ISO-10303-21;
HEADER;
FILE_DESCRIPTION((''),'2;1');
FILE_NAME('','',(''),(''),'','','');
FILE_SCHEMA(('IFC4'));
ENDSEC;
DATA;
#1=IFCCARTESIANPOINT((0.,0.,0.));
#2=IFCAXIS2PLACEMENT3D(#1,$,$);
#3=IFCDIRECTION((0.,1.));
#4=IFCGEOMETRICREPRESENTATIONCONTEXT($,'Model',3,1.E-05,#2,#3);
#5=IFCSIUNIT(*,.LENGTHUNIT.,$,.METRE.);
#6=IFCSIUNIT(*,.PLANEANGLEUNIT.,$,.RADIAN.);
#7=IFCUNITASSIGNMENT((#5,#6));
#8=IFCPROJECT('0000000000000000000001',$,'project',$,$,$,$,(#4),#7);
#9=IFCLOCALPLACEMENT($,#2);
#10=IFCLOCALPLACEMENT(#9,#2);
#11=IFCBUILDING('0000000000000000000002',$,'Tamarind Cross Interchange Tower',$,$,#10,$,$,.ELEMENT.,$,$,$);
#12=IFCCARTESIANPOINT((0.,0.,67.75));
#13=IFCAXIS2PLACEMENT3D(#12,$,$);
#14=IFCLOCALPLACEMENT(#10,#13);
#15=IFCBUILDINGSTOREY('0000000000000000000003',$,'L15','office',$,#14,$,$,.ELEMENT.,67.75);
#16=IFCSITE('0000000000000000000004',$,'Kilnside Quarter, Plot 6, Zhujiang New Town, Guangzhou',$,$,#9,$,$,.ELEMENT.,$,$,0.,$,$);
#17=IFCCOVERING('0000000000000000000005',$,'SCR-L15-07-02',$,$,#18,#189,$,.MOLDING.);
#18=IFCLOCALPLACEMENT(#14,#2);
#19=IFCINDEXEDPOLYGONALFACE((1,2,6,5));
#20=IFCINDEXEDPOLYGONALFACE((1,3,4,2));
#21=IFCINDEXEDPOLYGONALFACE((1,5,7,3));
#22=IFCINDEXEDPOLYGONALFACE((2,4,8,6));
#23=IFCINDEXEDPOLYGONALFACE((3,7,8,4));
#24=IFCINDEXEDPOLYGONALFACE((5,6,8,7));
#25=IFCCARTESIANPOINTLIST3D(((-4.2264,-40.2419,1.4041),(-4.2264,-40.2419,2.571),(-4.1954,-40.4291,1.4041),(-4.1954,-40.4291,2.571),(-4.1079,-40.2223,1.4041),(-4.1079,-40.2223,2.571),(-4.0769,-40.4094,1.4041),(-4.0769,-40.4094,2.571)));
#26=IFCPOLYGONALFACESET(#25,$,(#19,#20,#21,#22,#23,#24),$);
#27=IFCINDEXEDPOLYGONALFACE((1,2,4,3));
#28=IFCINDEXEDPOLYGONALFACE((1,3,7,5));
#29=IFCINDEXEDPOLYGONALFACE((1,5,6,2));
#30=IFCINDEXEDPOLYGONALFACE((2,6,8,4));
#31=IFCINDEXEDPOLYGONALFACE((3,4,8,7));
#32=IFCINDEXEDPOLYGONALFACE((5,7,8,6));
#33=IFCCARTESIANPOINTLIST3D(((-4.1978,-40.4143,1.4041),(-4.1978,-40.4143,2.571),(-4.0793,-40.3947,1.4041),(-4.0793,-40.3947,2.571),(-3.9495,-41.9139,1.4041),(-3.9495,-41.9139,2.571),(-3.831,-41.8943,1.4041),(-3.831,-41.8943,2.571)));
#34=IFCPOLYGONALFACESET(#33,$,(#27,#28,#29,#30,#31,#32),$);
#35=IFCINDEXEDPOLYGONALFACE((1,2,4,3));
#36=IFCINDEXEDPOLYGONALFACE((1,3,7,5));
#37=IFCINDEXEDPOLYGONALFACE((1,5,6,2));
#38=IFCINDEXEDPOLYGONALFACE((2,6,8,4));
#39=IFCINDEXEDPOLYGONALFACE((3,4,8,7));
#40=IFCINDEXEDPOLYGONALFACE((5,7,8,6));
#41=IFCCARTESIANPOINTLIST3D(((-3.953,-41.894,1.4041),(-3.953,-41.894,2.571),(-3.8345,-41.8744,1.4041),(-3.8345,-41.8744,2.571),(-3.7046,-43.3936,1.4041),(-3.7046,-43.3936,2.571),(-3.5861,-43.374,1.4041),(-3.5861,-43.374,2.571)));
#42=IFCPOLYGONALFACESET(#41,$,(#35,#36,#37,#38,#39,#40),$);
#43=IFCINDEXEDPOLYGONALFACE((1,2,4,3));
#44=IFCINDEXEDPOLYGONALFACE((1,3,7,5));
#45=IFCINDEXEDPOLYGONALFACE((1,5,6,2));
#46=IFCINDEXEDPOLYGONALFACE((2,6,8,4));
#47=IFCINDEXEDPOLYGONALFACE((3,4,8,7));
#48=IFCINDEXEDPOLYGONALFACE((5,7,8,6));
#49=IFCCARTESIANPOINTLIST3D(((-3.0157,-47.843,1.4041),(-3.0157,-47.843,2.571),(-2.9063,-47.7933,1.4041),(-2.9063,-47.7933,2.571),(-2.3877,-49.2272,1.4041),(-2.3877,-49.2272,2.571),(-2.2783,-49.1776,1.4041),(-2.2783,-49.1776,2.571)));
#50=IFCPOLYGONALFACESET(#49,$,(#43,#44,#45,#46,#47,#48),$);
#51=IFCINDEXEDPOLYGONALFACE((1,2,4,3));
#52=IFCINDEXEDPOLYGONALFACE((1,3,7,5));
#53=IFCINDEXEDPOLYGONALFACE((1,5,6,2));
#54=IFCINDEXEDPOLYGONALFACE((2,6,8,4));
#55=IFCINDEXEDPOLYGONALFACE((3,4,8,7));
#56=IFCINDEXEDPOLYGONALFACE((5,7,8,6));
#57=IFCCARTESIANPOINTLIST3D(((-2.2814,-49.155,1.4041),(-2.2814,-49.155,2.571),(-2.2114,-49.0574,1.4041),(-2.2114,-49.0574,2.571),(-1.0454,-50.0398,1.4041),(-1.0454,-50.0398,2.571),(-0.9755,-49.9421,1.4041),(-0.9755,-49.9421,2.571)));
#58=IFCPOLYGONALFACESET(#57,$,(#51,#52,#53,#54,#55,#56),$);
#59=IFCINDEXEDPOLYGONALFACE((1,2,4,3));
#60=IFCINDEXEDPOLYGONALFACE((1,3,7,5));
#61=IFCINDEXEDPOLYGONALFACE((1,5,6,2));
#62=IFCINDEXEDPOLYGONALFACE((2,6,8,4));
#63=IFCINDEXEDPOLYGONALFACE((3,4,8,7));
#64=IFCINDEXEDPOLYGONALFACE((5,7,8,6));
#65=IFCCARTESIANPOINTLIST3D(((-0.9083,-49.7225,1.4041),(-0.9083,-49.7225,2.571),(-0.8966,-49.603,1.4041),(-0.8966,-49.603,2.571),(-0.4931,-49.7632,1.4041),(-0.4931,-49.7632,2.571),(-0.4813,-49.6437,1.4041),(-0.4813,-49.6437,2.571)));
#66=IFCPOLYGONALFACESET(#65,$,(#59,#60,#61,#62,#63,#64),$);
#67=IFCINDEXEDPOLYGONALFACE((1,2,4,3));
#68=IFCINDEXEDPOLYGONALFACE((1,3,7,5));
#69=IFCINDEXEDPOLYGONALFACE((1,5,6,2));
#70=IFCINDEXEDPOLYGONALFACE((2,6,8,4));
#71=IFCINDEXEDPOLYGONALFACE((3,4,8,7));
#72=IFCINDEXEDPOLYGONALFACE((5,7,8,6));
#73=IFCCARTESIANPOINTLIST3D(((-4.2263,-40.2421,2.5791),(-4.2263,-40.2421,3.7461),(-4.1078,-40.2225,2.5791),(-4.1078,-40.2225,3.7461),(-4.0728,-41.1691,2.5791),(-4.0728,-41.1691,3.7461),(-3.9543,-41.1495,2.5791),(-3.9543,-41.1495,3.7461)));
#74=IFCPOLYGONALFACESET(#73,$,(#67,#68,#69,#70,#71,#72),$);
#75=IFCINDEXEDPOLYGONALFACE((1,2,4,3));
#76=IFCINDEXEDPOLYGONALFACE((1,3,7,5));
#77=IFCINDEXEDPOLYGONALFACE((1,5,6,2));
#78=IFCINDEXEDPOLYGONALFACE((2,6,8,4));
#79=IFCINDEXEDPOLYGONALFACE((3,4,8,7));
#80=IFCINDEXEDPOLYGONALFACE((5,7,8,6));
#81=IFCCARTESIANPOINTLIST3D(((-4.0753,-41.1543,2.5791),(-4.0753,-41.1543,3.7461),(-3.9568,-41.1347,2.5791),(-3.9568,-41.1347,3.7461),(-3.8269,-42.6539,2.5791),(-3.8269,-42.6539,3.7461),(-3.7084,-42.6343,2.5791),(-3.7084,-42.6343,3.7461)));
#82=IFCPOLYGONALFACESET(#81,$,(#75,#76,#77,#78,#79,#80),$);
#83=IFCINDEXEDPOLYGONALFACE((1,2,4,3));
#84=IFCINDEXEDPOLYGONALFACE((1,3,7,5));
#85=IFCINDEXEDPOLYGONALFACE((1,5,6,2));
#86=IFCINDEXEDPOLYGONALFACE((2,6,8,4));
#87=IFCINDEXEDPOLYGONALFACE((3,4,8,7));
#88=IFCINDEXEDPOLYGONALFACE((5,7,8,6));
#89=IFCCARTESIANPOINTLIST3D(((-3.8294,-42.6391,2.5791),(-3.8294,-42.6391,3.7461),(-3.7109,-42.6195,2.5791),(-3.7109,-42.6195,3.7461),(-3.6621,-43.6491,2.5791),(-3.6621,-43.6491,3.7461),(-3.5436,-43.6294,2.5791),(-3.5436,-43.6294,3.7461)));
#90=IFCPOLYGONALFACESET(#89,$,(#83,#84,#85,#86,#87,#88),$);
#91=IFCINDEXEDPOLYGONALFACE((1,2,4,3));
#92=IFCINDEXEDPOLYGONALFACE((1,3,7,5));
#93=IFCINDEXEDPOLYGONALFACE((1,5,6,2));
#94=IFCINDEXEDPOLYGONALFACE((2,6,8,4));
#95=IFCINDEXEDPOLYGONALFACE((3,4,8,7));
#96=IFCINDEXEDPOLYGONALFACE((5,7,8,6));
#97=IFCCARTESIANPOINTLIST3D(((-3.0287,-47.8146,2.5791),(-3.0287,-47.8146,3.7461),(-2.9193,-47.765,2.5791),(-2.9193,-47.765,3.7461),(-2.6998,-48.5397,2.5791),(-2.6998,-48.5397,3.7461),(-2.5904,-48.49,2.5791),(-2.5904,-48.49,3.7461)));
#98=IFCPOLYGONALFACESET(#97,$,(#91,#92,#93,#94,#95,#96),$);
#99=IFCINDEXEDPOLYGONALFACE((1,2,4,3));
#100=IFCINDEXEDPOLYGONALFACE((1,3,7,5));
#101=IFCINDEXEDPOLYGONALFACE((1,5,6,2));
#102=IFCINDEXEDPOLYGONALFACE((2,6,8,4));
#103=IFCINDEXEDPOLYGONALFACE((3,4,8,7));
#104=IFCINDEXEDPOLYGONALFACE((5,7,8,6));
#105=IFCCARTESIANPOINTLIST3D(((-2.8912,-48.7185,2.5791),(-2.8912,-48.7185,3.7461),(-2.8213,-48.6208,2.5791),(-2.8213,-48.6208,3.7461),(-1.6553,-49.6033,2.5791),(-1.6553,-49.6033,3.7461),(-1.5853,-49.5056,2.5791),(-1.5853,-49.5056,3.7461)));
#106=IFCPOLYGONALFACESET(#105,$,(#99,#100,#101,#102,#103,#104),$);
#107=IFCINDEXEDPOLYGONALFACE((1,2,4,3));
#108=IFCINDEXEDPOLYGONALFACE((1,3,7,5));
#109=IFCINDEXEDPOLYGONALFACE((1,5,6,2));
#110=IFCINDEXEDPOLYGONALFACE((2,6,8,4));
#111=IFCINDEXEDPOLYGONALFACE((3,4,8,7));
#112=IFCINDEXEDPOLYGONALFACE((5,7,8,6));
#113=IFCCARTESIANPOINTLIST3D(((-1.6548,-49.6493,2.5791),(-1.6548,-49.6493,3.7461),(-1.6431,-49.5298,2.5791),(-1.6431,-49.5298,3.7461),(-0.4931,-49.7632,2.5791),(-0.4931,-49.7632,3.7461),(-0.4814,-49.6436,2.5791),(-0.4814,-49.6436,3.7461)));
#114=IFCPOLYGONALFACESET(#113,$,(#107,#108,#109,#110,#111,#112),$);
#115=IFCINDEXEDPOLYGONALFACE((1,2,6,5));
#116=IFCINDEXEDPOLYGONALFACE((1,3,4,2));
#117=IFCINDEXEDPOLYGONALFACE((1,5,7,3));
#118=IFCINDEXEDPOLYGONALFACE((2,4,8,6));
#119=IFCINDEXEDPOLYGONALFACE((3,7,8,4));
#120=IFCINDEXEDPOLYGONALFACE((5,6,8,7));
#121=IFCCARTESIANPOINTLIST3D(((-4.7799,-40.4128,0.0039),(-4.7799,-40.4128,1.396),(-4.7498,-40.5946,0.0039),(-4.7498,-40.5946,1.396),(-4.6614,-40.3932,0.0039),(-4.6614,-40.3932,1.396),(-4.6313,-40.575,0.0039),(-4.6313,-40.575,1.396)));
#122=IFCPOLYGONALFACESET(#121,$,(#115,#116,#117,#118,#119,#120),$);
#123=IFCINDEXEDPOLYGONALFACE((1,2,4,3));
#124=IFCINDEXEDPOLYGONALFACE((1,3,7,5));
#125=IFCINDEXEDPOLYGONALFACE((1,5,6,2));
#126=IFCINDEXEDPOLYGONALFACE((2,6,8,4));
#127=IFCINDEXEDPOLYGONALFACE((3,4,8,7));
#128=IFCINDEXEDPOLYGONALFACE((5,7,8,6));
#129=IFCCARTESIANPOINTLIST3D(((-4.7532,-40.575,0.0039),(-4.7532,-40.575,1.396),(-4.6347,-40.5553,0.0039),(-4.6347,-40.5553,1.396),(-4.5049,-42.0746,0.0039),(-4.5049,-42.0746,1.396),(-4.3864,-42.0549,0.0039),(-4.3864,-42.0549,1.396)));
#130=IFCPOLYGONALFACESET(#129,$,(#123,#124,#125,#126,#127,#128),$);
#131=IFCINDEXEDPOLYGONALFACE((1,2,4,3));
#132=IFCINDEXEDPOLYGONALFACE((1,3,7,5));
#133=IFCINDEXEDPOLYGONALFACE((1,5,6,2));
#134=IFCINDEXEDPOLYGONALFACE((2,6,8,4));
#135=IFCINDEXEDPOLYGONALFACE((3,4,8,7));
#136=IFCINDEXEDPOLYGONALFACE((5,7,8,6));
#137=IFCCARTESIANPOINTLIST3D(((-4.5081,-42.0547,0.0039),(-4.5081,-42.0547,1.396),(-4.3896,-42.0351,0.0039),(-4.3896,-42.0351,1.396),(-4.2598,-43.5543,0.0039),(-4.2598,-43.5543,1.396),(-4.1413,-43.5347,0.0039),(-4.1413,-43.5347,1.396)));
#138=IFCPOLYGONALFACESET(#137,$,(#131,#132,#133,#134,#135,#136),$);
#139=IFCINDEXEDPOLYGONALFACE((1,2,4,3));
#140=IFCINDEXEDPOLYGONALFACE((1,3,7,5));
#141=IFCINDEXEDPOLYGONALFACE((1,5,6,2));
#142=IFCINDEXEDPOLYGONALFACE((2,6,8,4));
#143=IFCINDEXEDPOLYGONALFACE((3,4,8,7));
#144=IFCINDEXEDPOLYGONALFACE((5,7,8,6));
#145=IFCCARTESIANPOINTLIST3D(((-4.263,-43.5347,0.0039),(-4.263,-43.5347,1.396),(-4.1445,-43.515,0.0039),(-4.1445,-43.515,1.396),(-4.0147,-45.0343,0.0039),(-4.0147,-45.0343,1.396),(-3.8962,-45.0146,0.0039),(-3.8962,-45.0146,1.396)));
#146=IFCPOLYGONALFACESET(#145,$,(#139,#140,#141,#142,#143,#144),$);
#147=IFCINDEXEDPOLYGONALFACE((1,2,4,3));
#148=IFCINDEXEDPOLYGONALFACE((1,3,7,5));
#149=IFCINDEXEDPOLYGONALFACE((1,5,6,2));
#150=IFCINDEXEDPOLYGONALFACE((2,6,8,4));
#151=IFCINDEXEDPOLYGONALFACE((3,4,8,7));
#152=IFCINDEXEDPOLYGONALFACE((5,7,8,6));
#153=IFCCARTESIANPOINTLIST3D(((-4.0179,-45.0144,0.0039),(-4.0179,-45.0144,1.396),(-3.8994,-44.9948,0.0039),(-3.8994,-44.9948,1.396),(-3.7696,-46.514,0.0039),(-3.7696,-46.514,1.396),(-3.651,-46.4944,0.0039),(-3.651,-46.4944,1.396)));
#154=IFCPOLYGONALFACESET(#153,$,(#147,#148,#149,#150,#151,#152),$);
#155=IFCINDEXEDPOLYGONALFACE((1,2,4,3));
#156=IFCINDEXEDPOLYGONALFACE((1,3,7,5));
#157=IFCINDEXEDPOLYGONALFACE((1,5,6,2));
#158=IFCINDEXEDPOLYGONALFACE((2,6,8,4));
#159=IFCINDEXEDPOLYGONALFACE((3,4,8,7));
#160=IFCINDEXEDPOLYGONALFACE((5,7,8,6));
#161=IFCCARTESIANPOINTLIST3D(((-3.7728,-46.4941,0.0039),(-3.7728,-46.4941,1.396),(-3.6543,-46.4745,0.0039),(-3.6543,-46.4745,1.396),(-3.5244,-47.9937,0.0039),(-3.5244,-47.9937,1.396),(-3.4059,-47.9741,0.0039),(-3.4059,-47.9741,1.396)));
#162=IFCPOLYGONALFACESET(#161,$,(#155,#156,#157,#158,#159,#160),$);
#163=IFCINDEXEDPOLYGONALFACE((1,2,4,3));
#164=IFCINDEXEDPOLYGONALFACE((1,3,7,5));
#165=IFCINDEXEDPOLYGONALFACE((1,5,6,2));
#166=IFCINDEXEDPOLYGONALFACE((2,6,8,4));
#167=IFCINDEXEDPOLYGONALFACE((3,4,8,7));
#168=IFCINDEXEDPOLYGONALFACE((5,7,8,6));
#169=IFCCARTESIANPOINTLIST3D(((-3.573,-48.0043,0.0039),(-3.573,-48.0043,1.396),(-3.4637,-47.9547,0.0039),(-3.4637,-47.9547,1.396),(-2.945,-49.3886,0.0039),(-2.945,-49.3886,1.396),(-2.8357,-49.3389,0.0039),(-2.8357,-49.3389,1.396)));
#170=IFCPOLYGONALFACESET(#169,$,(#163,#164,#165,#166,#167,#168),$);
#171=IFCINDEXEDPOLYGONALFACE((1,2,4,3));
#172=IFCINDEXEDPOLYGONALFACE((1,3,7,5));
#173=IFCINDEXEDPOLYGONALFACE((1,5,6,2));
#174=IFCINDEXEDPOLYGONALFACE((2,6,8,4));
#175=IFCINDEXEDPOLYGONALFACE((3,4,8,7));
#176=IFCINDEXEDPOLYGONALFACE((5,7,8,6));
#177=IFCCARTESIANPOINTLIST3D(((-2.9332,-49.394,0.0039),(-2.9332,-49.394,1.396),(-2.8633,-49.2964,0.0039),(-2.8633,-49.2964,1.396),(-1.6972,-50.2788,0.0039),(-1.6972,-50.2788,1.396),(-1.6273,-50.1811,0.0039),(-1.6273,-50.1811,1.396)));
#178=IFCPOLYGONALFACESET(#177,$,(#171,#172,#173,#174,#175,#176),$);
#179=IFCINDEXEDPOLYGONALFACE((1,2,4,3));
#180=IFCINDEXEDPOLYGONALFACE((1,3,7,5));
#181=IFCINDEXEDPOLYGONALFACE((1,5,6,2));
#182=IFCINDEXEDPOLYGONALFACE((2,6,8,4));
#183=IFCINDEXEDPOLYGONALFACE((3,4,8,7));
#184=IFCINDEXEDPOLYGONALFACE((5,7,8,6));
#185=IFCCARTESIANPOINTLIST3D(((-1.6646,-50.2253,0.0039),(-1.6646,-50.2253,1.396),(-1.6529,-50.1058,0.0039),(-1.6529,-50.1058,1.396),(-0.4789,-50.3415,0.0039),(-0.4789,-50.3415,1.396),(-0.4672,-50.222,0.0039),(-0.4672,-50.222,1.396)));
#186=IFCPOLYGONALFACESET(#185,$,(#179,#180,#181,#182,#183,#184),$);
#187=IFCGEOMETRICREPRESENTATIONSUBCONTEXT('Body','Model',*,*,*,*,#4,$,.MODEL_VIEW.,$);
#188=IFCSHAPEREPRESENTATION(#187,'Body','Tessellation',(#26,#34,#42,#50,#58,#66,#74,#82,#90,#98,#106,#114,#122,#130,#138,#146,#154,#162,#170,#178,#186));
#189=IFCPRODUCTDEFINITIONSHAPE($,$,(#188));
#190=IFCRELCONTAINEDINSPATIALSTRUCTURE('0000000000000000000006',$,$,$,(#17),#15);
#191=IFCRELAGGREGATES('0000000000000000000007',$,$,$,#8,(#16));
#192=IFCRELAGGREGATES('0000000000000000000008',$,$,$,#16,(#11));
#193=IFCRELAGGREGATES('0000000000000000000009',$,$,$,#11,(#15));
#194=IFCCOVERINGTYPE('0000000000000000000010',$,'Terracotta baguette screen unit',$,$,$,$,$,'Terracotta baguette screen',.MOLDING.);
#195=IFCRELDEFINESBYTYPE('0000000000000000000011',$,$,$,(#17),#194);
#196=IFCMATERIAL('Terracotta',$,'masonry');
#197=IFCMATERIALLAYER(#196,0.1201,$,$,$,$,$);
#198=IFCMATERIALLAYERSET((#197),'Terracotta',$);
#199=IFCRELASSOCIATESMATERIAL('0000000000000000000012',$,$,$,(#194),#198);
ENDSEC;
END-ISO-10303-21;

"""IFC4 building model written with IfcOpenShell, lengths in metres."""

from ifc_helpers import new_model, si_unit, direction, frame, origin, origin_2d, place, context, subcontext, project, spatial, rectangle, extrude, material, layer, layer_set, type_object, element, save


model = new_model("IFC4")

# Units and contexts
model_context = context("Model", 3, precision=1e-05, world=origin(), true_north=direction((0.0, 1.0)))
body_context = subcontext(model_context, "Body", "Model", "MODEL_VIEW")
ifc_project = project(units=[si_unit("LENGTHUNIT", "METRE"), si_unit("PLANEANGLEUNIT", "RADIAN")], contexts=[model_context])

# Site, building, storey
site_placement = place(None, origin())
site = spatial("IfcSite", under=ifc_project, at=site_placement, Name="Kilnside Quarter, Plot 6, Zhujiang New Town, Guangzhou", CompositionType="ELEMENT", RefElevation=0.0)
building_placement = place(site_placement, origin())
building = spatial("IfcBuilding", under=site, at=building_placement, Name="Tamarind Cross Interchange Tower", CompositionType="ELEMENT")
storey_placement = place(building_placement, frame((0.0, 0.0, 67.75)))
storey = spatial("IfcBuildingStorey", under=building, at=storey_placement, Name="L15", Description="office", CompositionType="ELEMENT", Elevation=67.75)

# Covering
ifc_material_1 = material(Name="Terracotta", Category="masonry")
ifc_layer_1 = layer(ifc_material_1, 0.1201)
ifc_layer_set_1 = layer_set([ifc_layer_1], Name="Terracotta")
covering_type = type_object("IfcCoveringType", Name="Terracotta baguette screen unit", ElementType="Terracotta baguette screen", PredefinedType="MOLDING", material=ifc_layer_set_1)
covering_1_placement = place(storey_placement, origin())
element("IfcCovering", 1, at=covering_1_placement, inside=storey, type_object=covering_type, Name="SCR-L15-07-02", PredefinedType="MOLDING", context=body_context, shape_type="SweptSolid", body=[
    extrude(rectangle(XDim=0.1897, YDim=0.1201, at=origin_2d()), frame((-4.1516, -40.3257, 1.4041), z_axis=(0.0, 0.0, 1.0), x_axis=(0.163381, -0.986563, 0.0)), (0.0, 0.0, 1.0), 1.167),
    extrude(rectangle(XDim=1.52, YDim=0.1201, at=origin_2d()), frame((-4.0144, -41.1543, 1.4041), z_axis=(0.0, 0.0, 1.0), x_axis=(0.163381, -0.986563, 0.0)), (0.0, 0.0, 1.0), 1.167),
    extrude(rectangle(XDim=1.52, YDim=0.1201, at=origin_2d()), frame((-3.7695, -42.634, 1.4041), z_axis=(0.0, 0.0, 1.0), x_axis=(0.163381, -0.986563, 0.0)), (0.0, 0.0, 1.0), 1.167),
    extrude(rectangle(XDim=1.52, YDim=0.1201, at=origin_2d()), frame((-2.647, -48.5103, 1.4041), z_axis=(0.0, 0.0, 1.0), x_axis=(0.413155, -0.910661, 0.0)), (0.0, 0.0, 1.0), 1.167),
    extrude(rectangle(XDim=1.52, YDim=0.1201, at=origin_2d()), frame((-1.6284, -49.5486, 1.4041), z_axis=(0.0, 0.0, 1.0), x_axis=(0.813133, -0.582078, 0.0)), (0.0, 0.0, 1.0), 1.167),
    extrude(rectangle(XDim=0.4172, YDim=0.1201, at=origin_2d()), frame((-0.6948, -49.6831, 1.4041), z_axis=(0.0, 0.0, 1.0), x_axis=(0.995233, -0.097527, 0.0)), (0.0, 0.0, 1.0), 1.167),
    extrude(rectangle(XDim=0.9397, YDim=0.1201, at=origin_2d()), frame((-4.0903, -40.6958, 2.5791), z_axis=(0.0, 0.0, 1.0), x_axis=(0.163381, -0.986563, 0.0)), (0.0, 0.0, 1.0), 1.167),
    extrude(rectangle(XDim=1.52, YDim=0.1201, at=origin_2d()), frame((-3.8918, -41.8943, 2.5791), z_axis=(0.0, 0.0, 1.0), x_axis=(0.163381, -0.986563, 0.0)), (0.0, 0.0, 1.0), 1.167),
    extrude(rectangle(XDim=1.0237, YDim=0.1201, at=origin_2d()), frame((-3.6865, -43.1343, 2.5791), z_axis=(0.0, 0.0, 1.0), x_axis=(0.163381, -0.986563, 0.0)), (0.0, 0.0, 1.0), 1.167),
    extrude(rectangle(XDim=0.7961, YDim=0.1201, at=origin_2d()), frame((-2.8096, -48.1523, 2.5791), z_axis=(0.0, 0.0, 1.0), x_axis=(0.413155, -0.910661, 0.0)), (0.0, 0.0, 1.0), 1.167),
    extrude(rectangle(XDim=1.52, YDim=0.1201, at=origin_2d()), frame((-2.2383, -49.1121, 2.5791), z_axis=(0.0, 0.0, 1.0), x_axis=(0.813133, -0.582078, 0.0)), (0.0, 0.0, 1.0), 1.167),
    extrude(rectangle(XDim=1.1672, YDim=0.1201, at=origin_2d()), frame((-1.0681, -49.6465, 2.5791), z_axis=(0.0, 0.0, 1.0), x_axis=(0.995233, -0.097527, 0.0)), (0.0, 0.0, 1.0), 1.167),
    extrude(rectangle(XDim=0.1843, YDim=0.1201, at=origin_2d()), frame((-4.7056, -40.4939, 0.0039), z_axis=(0.0, 0.0, 1.0), x_axis=(0.163381, -0.986563, 0.0)), (0.0, 0.0, 1.0), 1.3921),
    extrude(rectangle(XDim=1.52, YDim=0.1201, at=origin_2d()), frame((-4.5698, -41.3149, 0.0039), z_axis=(0.0, 0.0, 1.0), x_axis=(0.163381, -0.986563, 0.0)), (0.0, 0.0, 1.0), 1.3921),
    extrude(rectangle(XDim=1.52, YDim=0.1201, at=origin_2d()), frame((-4.3247, -42.7947, 0.0039), z_axis=(0.0, 0.0, 1.0), x_axis=(0.163381, -0.986563, 0.0)), (0.0, 0.0, 1.0), 1.3921),
    extrude(rectangle(XDim=1.52, YDim=0.1201, at=origin_2d()), frame((-4.0796, -44.2747, 0.0039), z_axis=(0.0, 0.0, 1.0), x_axis=(0.163381, -0.986563, 0.0)), (0.0, 0.0, 1.0), 1.3921),
    extrude(rectangle(XDim=1.52, YDim=0.1201, at=origin_2d()), frame((-3.8345, -45.7544, 0.0039), z_axis=(0.0, 0.0, 1.0), x_axis=(0.163381, -0.986563, 0.0)), (0.0, 0.0, 1.0), 1.3921),
    extrude(rectangle(XDim=1.52, YDim=0.1201, at=origin_2d()), frame((-3.5894, -47.2341, 0.0039), z_axis=(0.0, 0.0, 1.0), x_axis=(0.163381, -0.986563, 0.0)), (0.0, 0.0, 1.0), 1.3921),
    extrude(rectangle(XDim=1.52, YDim=0.1201, at=origin_2d()), frame((-3.2043, -48.6716, 0.0039), z_axis=(0.0, 0.0, 1.0), x_axis=(0.413155, -0.910661, 0.0)), (0.0, 0.0, 1.0), 1.3921),
    extrude(rectangle(XDim=1.52, YDim=0.1201, at=origin_2d()), frame((-2.2803, -49.7876, 0.0039), z_axis=(0.0, 0.0, 1.0), x_axis=(0.813133, -0.582078, 0.0)), (0.0, 0.0, 1.0), 1.3921),
    extrude(rectangle(XDim=1.1914, YDim=0.1201, at=origin_2d()), frame((-1.0659, -50.2236, 0.0039), z_axis=(0.0, 0.0, 1.0), x_axis=(0.995233, -0.097527, 0.0)), (0.0, 0.0, 1.0), 1.3921),
])

save(model, "model.ifc")
